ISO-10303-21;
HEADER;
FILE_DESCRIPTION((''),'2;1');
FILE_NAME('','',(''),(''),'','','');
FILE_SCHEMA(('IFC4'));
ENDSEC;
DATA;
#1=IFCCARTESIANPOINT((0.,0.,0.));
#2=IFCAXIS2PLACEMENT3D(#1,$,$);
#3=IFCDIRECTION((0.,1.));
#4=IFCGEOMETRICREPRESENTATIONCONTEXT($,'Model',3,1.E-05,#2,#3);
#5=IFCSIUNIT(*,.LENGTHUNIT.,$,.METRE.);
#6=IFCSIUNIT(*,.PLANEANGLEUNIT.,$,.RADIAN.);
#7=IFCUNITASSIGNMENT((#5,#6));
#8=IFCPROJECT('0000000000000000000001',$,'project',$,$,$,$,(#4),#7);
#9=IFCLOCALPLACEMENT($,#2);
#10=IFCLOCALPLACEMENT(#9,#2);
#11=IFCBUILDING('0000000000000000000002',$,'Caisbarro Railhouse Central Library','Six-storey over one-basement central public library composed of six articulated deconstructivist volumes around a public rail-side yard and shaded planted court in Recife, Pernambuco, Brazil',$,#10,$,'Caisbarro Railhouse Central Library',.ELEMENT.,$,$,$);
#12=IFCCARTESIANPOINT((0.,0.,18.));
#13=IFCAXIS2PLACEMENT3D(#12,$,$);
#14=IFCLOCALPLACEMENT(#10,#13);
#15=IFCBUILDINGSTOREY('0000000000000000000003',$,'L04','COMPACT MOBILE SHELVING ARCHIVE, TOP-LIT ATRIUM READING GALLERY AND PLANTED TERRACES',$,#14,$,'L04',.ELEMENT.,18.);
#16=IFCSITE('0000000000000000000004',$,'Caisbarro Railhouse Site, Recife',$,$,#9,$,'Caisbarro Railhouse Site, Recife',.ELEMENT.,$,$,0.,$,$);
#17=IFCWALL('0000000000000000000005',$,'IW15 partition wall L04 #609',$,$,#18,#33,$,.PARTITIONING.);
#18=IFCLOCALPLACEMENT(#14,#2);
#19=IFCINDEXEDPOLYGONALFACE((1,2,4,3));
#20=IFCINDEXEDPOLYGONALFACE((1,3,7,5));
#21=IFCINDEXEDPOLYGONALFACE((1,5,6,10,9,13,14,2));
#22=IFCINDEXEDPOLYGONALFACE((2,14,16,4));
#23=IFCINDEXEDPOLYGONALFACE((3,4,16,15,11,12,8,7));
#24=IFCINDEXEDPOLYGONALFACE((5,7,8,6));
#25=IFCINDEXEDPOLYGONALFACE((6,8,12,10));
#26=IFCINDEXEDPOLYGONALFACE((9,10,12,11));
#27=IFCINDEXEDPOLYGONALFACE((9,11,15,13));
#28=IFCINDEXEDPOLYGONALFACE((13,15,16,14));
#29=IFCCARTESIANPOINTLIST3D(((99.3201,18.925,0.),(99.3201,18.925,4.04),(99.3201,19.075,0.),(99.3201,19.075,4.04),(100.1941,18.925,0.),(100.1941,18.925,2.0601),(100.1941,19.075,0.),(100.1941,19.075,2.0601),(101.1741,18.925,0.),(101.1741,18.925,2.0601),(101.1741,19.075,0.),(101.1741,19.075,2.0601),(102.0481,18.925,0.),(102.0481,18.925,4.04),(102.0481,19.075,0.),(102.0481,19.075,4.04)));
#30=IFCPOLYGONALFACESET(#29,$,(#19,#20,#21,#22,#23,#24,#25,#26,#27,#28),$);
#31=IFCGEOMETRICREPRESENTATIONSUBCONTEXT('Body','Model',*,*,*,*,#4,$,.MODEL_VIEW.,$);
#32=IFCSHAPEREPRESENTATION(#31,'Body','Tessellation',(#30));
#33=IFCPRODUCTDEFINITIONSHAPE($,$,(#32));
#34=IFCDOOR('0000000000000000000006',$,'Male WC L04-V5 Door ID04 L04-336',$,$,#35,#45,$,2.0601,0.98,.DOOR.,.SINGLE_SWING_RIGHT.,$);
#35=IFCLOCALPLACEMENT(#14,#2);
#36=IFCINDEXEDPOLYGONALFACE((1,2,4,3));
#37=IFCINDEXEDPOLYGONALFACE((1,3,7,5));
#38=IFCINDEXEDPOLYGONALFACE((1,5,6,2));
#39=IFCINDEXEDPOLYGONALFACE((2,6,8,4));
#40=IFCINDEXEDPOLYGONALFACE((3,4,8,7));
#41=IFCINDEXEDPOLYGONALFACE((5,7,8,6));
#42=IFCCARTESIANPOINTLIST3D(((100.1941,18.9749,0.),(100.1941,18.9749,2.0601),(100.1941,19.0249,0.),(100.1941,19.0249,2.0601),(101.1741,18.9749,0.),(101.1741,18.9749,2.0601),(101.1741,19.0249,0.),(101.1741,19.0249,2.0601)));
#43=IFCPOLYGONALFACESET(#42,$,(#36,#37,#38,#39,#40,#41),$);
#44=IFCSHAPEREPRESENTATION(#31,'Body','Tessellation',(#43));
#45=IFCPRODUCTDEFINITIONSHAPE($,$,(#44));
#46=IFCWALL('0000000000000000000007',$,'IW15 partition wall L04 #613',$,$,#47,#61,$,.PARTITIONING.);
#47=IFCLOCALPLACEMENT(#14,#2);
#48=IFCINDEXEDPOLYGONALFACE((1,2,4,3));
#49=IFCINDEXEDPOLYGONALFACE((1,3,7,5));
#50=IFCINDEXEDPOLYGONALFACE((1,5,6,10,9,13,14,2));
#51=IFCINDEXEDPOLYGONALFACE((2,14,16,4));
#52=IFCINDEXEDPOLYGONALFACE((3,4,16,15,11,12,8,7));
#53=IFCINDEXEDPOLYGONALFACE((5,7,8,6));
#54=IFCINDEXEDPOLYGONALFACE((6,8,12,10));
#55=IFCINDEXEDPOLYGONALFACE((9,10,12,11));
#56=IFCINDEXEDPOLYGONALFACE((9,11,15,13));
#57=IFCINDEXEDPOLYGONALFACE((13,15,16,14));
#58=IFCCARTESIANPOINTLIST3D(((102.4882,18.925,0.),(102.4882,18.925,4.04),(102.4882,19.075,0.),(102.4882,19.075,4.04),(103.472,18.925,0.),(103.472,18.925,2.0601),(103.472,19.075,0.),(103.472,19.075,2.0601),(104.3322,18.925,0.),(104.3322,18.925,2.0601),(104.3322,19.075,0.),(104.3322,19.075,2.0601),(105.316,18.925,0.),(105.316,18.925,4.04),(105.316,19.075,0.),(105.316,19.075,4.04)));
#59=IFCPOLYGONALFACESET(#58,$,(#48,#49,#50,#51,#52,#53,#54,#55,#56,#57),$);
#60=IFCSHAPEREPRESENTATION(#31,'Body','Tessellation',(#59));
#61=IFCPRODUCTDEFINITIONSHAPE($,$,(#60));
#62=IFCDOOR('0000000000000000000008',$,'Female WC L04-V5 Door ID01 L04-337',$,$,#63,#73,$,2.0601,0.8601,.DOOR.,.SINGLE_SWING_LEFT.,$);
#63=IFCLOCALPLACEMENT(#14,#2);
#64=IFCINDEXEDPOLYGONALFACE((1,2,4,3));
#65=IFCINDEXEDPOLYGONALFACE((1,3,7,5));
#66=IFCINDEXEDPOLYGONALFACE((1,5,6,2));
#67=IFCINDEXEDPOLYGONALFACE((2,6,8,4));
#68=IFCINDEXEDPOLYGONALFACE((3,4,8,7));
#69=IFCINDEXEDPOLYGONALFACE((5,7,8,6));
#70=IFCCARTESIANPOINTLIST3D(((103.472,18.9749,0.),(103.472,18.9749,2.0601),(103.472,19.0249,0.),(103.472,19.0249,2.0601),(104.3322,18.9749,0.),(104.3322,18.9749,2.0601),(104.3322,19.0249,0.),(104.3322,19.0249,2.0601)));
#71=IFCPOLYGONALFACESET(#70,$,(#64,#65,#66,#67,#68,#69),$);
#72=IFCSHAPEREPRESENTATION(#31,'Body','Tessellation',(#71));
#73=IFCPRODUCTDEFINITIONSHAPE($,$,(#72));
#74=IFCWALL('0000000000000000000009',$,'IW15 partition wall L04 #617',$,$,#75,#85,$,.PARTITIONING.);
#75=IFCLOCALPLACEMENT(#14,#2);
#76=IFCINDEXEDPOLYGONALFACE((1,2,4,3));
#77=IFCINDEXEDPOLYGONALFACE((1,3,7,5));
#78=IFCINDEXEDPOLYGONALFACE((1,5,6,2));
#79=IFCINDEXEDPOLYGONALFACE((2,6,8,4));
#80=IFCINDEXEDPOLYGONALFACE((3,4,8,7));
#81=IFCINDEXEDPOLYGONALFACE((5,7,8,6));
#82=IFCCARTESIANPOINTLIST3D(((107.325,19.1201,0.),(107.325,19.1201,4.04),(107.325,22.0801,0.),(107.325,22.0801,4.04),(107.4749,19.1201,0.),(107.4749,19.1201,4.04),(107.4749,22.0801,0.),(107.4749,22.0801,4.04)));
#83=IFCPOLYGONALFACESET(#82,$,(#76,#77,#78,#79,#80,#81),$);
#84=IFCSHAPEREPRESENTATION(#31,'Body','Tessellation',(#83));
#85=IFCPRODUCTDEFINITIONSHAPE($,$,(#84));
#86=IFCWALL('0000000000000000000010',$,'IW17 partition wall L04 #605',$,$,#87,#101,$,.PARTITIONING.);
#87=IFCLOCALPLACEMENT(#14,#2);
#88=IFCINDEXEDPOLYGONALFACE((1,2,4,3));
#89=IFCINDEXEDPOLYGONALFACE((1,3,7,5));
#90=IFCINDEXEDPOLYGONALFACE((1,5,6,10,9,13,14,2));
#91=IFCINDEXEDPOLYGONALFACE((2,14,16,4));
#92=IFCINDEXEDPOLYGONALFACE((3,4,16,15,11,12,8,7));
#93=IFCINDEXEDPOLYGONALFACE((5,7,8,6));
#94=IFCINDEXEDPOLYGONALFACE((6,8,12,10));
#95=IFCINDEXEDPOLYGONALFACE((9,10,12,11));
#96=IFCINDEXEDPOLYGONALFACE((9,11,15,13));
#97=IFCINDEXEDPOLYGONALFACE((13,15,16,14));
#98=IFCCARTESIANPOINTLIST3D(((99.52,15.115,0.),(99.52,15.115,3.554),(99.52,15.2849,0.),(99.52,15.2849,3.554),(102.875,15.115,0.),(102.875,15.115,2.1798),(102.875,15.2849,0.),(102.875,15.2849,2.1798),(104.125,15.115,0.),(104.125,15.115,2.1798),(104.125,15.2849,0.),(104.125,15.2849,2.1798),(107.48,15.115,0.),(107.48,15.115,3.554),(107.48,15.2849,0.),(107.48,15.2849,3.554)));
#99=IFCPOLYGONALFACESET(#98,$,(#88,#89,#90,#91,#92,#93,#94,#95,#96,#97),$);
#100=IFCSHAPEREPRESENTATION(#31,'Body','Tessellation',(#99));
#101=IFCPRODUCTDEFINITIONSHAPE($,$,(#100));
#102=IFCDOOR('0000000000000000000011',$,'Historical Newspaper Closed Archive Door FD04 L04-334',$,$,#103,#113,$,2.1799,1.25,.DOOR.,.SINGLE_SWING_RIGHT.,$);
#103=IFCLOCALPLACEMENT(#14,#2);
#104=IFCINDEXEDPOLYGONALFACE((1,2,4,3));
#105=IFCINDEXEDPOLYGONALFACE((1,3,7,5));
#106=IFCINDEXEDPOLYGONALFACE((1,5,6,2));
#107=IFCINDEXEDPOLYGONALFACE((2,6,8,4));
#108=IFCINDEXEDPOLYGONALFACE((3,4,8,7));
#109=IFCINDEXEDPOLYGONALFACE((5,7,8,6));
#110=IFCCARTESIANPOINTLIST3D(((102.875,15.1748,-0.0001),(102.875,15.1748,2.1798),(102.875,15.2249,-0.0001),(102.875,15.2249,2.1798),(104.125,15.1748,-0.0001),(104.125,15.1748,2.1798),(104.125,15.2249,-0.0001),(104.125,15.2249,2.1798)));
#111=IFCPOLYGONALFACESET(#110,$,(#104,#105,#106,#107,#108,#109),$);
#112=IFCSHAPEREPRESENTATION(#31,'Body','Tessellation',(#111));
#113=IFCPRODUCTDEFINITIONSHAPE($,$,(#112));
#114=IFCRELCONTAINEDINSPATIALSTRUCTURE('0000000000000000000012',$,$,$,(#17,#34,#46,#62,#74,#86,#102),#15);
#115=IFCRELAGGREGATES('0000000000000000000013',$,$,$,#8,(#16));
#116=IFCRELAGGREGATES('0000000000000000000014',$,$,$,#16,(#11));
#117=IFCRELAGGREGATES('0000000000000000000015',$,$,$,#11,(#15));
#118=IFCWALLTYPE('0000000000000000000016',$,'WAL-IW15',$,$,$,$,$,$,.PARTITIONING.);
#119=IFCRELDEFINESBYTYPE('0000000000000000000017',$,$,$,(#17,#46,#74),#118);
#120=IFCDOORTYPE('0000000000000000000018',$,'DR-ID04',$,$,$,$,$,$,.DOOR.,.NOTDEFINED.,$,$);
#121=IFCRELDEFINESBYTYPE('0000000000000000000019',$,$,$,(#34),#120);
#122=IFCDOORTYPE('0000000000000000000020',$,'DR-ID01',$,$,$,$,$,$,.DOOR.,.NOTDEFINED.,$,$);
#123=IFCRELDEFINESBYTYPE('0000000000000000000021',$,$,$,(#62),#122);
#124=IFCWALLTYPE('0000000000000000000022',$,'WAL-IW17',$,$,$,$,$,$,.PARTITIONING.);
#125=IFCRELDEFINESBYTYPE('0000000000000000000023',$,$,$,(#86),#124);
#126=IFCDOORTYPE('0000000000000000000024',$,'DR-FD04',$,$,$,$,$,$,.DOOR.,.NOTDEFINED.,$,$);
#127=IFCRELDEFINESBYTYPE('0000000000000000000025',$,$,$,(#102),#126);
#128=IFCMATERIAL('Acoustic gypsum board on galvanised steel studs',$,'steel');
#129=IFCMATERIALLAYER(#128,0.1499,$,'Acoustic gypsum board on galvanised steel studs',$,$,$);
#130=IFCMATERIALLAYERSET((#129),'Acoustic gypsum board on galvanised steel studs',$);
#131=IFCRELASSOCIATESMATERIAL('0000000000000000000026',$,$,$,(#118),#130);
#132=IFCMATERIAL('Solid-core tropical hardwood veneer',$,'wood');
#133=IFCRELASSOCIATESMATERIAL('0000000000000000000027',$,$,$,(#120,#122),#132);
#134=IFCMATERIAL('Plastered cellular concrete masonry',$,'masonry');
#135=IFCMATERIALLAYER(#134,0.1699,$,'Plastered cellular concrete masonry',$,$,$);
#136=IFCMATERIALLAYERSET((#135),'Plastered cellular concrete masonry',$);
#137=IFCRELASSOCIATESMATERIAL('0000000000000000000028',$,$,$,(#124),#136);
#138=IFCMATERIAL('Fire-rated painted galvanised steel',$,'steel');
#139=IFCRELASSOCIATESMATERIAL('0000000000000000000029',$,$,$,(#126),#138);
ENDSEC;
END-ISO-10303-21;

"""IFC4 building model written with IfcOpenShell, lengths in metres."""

from ifc_helpers import new_model, si_unit, direction, frame, frame_2d, origin, place, context, subcontext, project, spatial, rectangle, extrude, material, layer, layer_set, type_object, element, fill, save


model = new_model("IFC4")

# Units and contexts
model_context = context("Model", 3, precision=1e-05, world=origin(), true_north=direction((0.0, 1.0)))
body_context = subcontext(model_context, "Body", "Model", "MODEL_VIEW")
ifc_project = project(units=[si_unit("LENGTHUNIT", "METRE"), si_unit("PLANEANGLEUNIT", "RADIAN")], contexts=[model_context])

# Site, building, storey
site_placement = place(None, origin())
site = spatial("IfcSite", under=ifc_project, at=site_placement, Name="Caisbarro Railhouse Site, Recife", LongName="Caisbarro Railhouse Site, Recife", CompositionType="ELEMENT", RefElevation=0.0)
building_placement = place(site_placement, origin())
building = spatial("IfcBuilding", under=site, at=building_placement, Name="Caisbarro Railhouse Central Library", Description="Six-storey over one-basement central public library composed of six articulated deconstructivist volumes around a public rail-side yard and shaded planted court in Recife, Pernambuco, Brazil", LongName="Caisbarro Railhouse Central Library", CompositionType="ELEMENT")
storey_placement = place(building_placement, frame((0.0, 0.0, 18.0)))
storey = spatial("IfcBuildingStorey", under=building, at=storey_placement, Name="L04", Description="COMPACT MOBILE SHELVING ARCHIVE, TOP-LIT ATRIUM READING GALLERY AND PLANTED TERRACES", LongName="L04", CompositionType="ELEMENT", Elevation=18.0)

# Shared definitions
ifc_material_1 = material(Name="Acoustic gypsum board on galvanised steel studs", Category="steel")

# Shared definitions
ifc_material_2 = material(Name="Solid-core tropical hardwood veneer", Category="wood")

# Walls, openings, doors
ifc_layer_1 = layer(ifc_material_1, 0.1499, Name="Acoustic gypsum board on galvanised steel studs")
ifc_layer_set_1 = layer_set([ifc_layer_1], Name="Acoustic gypsum board on galvanised steel studs")
wall_type_1 = type_object("IfcWallType", Name="WAL-IW15", PredefinedType="PARTITIONING", material=ifc_layer_set_1)
wall_1_placement = place(storey_placement, frame((99.3201, 19.0, 0.0), z_axis=(0.0, 0.0, 1.0), x_axis=(1.0, 0.0, 0.0)))
wall_1 = element("IfcWall", 1, at=wall_1_placement, inside=storey, type_object=wall_type_1, Name="IW15 partition wall L04 #609", PredefinedType="PARTITIONING", context=body_context, shape_type="SweptSolid", body=[
    extrude(rectangle(XDim=2.728, YDim=0.1499, at=frame_2d((1.364, 0.0))), origin(), (0.0, 0.0, 1.0), 4.04),
])
opening_1_placement = place(wall_1_placement, frame((0.874, 0.0, 0.0)))
opening_1 = element("IfcOpeningElement", 2, at=opening_1_placement, cuts=wall_1, PredefinedType="OPENING", context=body_context, shape_type="SweptSolid", body=[
    extrude(rectangle(XDim=0.98, YDim=2.0601, at=frame_2d((0.49, 1.03))), frame((0.0, 0.085, 0.0), z_axis=(0.0, -1.0, 0.0), x_axis=(1.0, 0.0, 0.0)), (0.0, 0.0, 1.0), 0.1699),
])
door_type_1 = type_object("IfcDoorType", Name="DR-ID04", OperationType="NOTDEFINED", PredefinedType="DOOR", material=ifc_material_2)
door_1_placement = place(opening_1_placement, origin())
door_1 = element("IfcDoor", 3, at=door_1_placement, inside=storey, type_object=door_type_1, Name="Male WC L04-V5 Door ID04 L04-336", OperationType="SINGLE_SWING_RIGHT", OverallHeight=2.0601, OverallWidth=0.98, PredefinedType="DOOR", context=body_context, shape_type="SweptSolid", body=[
    extrude(rectangle(XDim=0.98, YDim=2.0601, at=frame_2d((0.49, 1.03))), frame((0.0, 0.0249, 0.0), z_axis=(0.0, -1.0, 0.0), x_axis=(1.0, 0.0, 0.0)), (0.0, 0.0, 1.0), 0.05),
])
fill(opening_1, door_1)
wall_2_placement = place(storey_placement, frame((102.488, 19.0, 0.0), z_axis=(0.0, 0.0, 1.0), x_axis=(1.0, 0.0, 0.0)))
wall_2 = element("IfcWall", 4, at=wall_2_placement, inside=storey, type_object=wall_type_1, Name="IW15 partition wall L04 #613", PredefinedType="PARTITIONING", context=body_context, shape_type="SweptSolid", body=[
    extrude(rectangle(XDim=2.8279, YDim=0.1499, at=frame_2d((1.4141, 0.0))), origin(), (0.0, 0.0, 1.0), 4.04),
])
opening_2_placement = place(wall_2_placement, frame((0.9839, 0.0, 0.0)))
opening_2 = element("IfcOpeningElement", 5, at=opening_2_placement, cuts=wall_2, PredefinedType="OPENING", context=body_context, shape_type="SweptSolid", body=[
    extrude(rectangle(XDim=0.8601, YDim=2.0601, at=frame_2d((0.4302, 1.03))), frame((0.0, 0.085, 0.0), z_axis=(0.0, -1.0, 0.0), x_axis=(1.0, 0.0, 0.0)), (0.0, 0.0, 1.0), 0.1699),
])
door_type_2 = type_object("IfcDoorType", Name="DR-ID01", OperationType="NOTDEFINED", PredefinedType="DOOR", material=ifc_material_2)
door_2_placement = place(opening_2_placement, origin())
door_2 = element("IfcDoor", 6, at=door_2_placement, inside=storey, type_object=door_type_2, Name="Female WC L04-V5 Door ID01 L04-337", OperationType="SINGLE_SWING_LEFT", OverallHeight=2.0601, OverallWidth=0.8601, PredefinedType="DOOR", context=body_context, shape_type="SweptSolid", body=[
    extrude(rectangle(XDim=0.8601, YDim=2.0601, at=frame_2d((0.4302, 1.03))), frame((0.0, 0.0249, 0.0), z_axis=(0.0, -1.0, 0.0), x_axis=(1.0, 0.0, 0.0)), (0.0, 0.0, 1.0), 0.05),
])
fill(opening_2, door_2)

# Wall
wall_3_placement = place(storey_placement, frame((107.3999, 19.1201, 0.0), z_axis=(0.0, 0.0, 1.0), x_axis=(0.0, 1.0, 0.0)))
element("IfcWall", 7, at=wall_3_placement, inside=storey, type_object=wall_type_1, Name="IW15 partition wall L04 #617", PredefinedType="PARTITIONING", context=body_context, shape_type="SweptSolid", body=[
    extrude(rectangle(XDim=2.96, YDim=0.1499, at=frame_2d((1.48, 0.0))), origin(), (0.0, 0.0, 1.0), 4.04),
])

# Wall, opening, door
ifc_material_3 = material(Name="Plastered cellular concrete masonry", Category="masonry")
ifc_layer_2 = layer(ifc_material_3, 0.1699, Name="Plastered cellular concrete masonry")
ifc_layer_set_2 = layer_set([ifc_layer_2], Name="Plastered cellular concrete masonry")
wall_type_2 = type_object("IfcWallType", Name="WAL-IW17", PredefinedType="PARTITIONING", material=ifc_layer_set_2)
wall_4_placement = place(storey_placement, frame((99.52, 15.2, 0.0), z_axis=(0.0, 0.0, 1.0), x_axis=(1.0, 0.0, 0.0)))
wall_4 = element("IfcWall", 8, at=wall_4_placement, inside=storey, type_object=wall_type_2, Name="IW17 partition wall L04 #605", PredefinedType="PARTITIONING", context=body_context, shape_type="SweptSolid", body=[
    extrude(rectangle(XDim=7.96, YDim=0.1699, at=frame_2d((3.98, 0.0))), origin(), (0.0, 0.0, 1.0), 3.554),
])
opening_3_placement = place(wall_4_placement, frame((3.355, 0.0, 0.0)))
opening_3 = element("IfcOpeningElement", 9, at=opening_3_placement, cuts=wall_4, PredefinedType="OPENING", context=body_context, shape_type="SweptSolid", body=[
    extrude(rectangle(XDim=1.25, YDim=2.1799, at=frame_2d((0.625, 1.0898))), frame((0.0, 0.095, 0.0), z_axis=(0.0, -1.0, 0.0), x_axis=(1.0, 0.0, 0.0)), (0.0, 0.0, 1.0), 0.1899),
])
ifc_material_4 = material(Name="Fire-rated painted galvanised steel", Category="steel")
door_type_3 = type_object("IfcDoorType", Name="DR-FD04", OperationType="NOTDEFINED", PredefinedType="DOOR", material=ifc_material_4)
door_3_placement = place(opening_3_placement, origin())
door_3 = element("IfcDoor", 10, at=door_3_placement, inside=storey, type_object=door_type_3, Name="Historical Newspaper Closed Archive Door FD04 L04-334", OperationType="SINGLE_SWING_RIGHT", OverallHeight=2.1799, OverallWidth=1.25, PredefinedType="DOOR", context=body_context, shape_type="SweptSolid", body=[
    extrude(rectangle(XDim=1.25, YDim=2.1799, at=frame_2d((0.625, 1.0898))), frame((0.0, 0.0249, 0.0), z_axis=(0.0, -1.0, 0.0), x_axis=(1.0, 0.0, 0.0)), (0.0, 0.0, 1.0), 0.05),
])
fill(opening_3, door_3)

save(model, "model.ifc")
